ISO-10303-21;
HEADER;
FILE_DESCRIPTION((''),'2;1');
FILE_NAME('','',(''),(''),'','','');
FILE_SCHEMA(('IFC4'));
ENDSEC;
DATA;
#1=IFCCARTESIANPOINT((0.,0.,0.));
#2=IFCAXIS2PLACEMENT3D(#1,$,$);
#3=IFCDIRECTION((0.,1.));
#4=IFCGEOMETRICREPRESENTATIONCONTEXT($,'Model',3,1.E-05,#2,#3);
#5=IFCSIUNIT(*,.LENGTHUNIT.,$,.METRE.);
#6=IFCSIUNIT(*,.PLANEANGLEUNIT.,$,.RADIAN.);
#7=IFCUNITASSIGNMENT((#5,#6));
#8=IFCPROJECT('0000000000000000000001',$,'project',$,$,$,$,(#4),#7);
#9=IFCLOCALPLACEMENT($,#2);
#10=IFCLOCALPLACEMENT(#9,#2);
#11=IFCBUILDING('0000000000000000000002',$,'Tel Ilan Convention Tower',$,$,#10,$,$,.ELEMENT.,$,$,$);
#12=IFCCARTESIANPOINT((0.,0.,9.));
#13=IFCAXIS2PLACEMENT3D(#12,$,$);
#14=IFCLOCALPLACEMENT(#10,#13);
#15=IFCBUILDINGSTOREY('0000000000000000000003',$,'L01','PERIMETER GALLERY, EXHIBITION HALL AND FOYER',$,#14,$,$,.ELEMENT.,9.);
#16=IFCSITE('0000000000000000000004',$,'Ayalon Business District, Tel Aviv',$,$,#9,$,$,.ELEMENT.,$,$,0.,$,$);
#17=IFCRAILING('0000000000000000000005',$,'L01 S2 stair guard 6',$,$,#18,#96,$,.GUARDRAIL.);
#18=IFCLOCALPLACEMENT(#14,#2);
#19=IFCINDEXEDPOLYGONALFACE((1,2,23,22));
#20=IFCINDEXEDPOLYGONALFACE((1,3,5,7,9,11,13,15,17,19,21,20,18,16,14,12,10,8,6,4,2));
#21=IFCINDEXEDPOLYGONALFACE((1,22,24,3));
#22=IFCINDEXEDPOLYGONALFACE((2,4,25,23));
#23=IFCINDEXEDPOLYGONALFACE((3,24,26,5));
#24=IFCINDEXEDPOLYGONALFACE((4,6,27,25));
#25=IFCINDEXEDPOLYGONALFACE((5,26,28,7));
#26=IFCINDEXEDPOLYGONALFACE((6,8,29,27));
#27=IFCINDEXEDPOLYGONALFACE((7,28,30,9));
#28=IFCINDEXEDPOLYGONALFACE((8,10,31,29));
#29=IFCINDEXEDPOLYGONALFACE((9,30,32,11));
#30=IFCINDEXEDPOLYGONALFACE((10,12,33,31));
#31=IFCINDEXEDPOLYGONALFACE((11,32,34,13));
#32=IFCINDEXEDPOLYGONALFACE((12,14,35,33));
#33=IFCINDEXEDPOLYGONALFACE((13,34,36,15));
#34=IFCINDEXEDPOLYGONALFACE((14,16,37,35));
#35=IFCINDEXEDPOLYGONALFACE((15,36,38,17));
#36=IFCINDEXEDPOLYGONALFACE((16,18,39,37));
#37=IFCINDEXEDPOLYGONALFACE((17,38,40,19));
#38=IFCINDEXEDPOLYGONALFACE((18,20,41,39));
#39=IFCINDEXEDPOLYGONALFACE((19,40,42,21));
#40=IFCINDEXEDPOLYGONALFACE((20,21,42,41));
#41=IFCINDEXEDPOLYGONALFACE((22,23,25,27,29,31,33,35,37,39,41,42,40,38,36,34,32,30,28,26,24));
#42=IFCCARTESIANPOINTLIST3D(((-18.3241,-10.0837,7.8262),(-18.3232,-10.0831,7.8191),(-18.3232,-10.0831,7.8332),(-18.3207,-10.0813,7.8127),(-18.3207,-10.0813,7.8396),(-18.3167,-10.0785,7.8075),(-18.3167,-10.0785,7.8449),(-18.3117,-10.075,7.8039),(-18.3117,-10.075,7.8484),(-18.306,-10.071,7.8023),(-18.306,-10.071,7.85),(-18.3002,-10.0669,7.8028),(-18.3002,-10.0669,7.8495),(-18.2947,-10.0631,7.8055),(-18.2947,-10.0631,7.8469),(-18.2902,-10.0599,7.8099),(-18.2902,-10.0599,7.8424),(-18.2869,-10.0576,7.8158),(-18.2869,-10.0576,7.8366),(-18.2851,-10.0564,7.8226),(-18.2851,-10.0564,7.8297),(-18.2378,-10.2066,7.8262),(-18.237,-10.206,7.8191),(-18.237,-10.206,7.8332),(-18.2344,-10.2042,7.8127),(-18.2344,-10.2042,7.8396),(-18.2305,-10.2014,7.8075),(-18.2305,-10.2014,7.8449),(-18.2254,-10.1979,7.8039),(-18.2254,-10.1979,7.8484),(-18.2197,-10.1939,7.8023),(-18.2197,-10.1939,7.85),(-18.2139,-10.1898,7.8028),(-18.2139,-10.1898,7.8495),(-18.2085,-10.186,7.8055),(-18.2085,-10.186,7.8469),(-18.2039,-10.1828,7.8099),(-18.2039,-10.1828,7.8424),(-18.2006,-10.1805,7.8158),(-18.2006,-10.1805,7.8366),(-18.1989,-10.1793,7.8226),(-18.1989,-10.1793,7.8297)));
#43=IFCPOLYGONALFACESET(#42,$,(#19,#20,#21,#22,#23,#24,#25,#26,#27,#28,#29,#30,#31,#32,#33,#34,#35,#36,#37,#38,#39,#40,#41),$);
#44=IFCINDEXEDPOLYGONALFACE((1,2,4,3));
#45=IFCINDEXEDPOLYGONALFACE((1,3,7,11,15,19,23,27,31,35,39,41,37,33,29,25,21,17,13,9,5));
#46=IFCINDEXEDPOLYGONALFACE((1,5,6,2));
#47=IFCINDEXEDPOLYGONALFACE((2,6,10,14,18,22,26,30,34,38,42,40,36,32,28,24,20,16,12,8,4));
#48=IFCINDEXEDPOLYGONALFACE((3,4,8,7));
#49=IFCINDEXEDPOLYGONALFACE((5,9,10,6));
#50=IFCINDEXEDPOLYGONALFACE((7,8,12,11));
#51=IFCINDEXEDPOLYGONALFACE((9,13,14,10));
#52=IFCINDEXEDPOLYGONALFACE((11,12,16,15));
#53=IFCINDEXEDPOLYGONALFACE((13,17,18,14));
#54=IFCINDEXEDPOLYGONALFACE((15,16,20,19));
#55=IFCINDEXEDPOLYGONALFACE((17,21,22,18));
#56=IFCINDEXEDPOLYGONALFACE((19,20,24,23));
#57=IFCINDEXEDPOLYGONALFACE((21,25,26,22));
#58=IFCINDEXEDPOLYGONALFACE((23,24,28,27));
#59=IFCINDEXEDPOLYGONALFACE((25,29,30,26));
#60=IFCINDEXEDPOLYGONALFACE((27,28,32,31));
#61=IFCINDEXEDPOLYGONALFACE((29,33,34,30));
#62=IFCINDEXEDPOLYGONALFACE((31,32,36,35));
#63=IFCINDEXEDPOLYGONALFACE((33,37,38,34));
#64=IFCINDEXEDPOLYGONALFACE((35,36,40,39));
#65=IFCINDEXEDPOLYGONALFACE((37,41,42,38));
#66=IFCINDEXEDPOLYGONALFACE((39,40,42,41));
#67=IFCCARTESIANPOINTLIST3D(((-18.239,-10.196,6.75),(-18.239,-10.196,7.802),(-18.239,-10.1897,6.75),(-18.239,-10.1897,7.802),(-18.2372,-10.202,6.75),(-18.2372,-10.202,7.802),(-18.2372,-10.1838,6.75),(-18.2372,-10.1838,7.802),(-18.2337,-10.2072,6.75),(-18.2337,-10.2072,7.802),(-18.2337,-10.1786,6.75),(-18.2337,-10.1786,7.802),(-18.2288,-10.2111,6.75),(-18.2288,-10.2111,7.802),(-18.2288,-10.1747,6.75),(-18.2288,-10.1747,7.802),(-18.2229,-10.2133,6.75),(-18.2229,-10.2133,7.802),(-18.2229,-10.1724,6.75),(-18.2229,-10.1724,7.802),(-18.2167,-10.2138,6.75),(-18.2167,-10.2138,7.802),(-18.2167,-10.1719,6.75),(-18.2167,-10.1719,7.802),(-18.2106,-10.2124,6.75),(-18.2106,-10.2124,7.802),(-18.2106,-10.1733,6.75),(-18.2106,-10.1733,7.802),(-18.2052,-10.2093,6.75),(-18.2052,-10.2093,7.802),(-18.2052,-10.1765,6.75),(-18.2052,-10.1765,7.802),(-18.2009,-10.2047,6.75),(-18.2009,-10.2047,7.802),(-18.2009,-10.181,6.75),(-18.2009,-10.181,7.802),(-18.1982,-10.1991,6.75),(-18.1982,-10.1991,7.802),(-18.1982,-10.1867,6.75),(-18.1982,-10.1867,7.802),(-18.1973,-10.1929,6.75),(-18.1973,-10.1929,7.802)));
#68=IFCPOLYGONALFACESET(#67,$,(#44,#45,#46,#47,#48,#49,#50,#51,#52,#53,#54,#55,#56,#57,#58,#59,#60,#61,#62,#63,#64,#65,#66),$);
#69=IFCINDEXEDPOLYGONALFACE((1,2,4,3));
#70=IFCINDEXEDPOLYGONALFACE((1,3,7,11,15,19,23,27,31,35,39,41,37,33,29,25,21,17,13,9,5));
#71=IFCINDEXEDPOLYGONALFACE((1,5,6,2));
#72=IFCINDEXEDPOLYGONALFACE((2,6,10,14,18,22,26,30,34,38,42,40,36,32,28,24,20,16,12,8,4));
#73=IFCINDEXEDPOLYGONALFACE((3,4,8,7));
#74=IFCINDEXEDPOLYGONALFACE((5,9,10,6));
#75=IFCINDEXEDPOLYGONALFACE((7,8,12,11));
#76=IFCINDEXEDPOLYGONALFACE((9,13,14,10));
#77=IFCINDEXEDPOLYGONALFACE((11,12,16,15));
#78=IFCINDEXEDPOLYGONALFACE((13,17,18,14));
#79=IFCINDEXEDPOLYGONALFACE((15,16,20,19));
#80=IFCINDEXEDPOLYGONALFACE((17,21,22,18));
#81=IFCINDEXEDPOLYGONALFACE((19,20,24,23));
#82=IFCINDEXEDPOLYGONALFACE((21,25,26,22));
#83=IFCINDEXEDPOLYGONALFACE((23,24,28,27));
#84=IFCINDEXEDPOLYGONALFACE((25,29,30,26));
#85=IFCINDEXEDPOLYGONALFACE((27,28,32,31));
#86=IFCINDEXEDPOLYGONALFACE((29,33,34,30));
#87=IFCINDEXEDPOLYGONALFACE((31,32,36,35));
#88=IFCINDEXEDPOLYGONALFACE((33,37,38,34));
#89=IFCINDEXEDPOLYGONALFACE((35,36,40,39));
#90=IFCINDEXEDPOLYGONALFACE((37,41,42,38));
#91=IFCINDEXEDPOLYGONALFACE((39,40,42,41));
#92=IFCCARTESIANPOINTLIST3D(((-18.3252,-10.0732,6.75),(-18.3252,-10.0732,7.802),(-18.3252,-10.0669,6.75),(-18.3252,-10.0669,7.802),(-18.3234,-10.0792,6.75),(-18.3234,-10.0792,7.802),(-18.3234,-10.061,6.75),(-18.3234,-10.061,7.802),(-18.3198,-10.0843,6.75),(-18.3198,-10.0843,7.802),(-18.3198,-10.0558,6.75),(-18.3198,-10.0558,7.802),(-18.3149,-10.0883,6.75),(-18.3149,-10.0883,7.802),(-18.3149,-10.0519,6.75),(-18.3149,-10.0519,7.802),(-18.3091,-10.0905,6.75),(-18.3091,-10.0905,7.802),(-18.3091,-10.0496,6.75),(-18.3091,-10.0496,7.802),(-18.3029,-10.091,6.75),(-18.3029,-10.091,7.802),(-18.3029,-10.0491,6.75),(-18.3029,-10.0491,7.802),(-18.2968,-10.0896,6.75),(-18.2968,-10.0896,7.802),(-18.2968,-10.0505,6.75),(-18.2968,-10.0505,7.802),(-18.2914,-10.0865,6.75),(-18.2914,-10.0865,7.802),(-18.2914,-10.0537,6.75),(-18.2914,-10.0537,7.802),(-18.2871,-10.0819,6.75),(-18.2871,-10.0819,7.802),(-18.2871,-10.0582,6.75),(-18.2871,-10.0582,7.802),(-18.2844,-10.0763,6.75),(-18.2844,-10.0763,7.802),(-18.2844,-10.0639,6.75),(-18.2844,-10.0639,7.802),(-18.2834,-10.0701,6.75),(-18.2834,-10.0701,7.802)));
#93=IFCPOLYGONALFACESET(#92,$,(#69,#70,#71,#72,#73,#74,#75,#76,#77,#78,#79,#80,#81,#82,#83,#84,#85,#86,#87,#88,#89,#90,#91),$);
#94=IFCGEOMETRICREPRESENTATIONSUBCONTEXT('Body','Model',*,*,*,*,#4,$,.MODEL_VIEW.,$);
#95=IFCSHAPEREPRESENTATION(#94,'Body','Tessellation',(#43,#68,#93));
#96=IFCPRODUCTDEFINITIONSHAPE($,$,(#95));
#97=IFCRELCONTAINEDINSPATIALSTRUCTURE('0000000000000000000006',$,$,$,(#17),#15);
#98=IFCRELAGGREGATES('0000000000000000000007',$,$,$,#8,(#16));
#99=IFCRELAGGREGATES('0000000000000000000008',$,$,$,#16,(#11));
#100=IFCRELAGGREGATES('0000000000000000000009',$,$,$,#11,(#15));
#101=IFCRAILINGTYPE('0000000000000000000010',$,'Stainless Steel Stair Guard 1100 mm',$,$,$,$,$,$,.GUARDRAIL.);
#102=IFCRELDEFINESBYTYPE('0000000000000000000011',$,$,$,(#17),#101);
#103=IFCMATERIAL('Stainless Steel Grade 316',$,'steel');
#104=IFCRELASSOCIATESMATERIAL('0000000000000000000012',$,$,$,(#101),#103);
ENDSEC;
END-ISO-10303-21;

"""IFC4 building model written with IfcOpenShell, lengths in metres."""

from ifc_helpers import new_model, si_unit, direction, frame, origin, origin_2d, place, context, subcontext, project, spatial, circle, extrude, material, type_object, element, save


model = new_model("IFC4")

# Units and contexts
model_context = context("Model", 3, precision=1e-05, world=origin(), true_north=direction((0.0, 1.0)))
body_context = subcontext(model_context, "Body", "Model", "MODEL_VIEW")
ifc_project = project(units=[si_unit("LENGTHUNIT", "METRE"), si_unit("PLANEANGLEUNIT", "RADIAN")], contexts=[model_context])

# Site, building, storey
site_placement = place(None, origin())
site = spatial("IfcSite", under=ifc_project, at=site_placement, Name="Ayalon Business District, Tel Aviv", CompositionType="ELEMENT", RefElevation=0.0)
building_placement = place(site_placement, origin())
building = spatial("IfcBuilding", under=site, at=building_placement, Name="Tel Ilan Convention Tower", CompositionType="ELEMENT")
storey_placement = place(building_placement, frame((0.0, 0.0, 9.0)))
storey = spatial("IfcBuildingStorey", under=building, at=storey_placement, Name="L01", Description="PERIMETER GALLERY, EXHIBITION HALL AND FOYER", CompositionType="ELEMENT", Elevation=9.0)

# Railing
ifc_material_1 = material(Name="Stainless Steel Grade 316", Category="steel")
railing_type_1 = type_object("IfcRailingType", Name="Stainless Steel Stair Guard 1100 mm", PredefinedType="GUARDRAIL", material=ifc_material_1)
railing_1_placement = place(storey_placement, frame((-18.2183, -10.1929, 6.75)))
element("IfcRailing", 1, at=railing_1_placement, inside=storey, type_object=railing_type_1, Name="L01 S2 stair guard 6", PredefinedType="GUARDRAIL", context=body_context, shape_type="SweptSolid", body=[
    extrude(circle(Radius=0.0239, at=origin_2d()), frame((0.0, 0.0, 1.0762), z_axis=(-0.574445, 0.818543, 0.0), x_axis=(-0.818543, -0.574445, 0.0)), (0.0, 0.0, 1.0), 0.1501),
    extrude(circle(Radius=0.021, at=origin_2d()), origin(), (0.0, 0.0, 1.0), 1.052),
    extrude(circle(Radius=0.021, at=origin_2d()), frame((-0.0862, 0.1228, 0.0)), (0.0, 0.0, 1.0), 1.052),
])

save(model, "model.ifc")
